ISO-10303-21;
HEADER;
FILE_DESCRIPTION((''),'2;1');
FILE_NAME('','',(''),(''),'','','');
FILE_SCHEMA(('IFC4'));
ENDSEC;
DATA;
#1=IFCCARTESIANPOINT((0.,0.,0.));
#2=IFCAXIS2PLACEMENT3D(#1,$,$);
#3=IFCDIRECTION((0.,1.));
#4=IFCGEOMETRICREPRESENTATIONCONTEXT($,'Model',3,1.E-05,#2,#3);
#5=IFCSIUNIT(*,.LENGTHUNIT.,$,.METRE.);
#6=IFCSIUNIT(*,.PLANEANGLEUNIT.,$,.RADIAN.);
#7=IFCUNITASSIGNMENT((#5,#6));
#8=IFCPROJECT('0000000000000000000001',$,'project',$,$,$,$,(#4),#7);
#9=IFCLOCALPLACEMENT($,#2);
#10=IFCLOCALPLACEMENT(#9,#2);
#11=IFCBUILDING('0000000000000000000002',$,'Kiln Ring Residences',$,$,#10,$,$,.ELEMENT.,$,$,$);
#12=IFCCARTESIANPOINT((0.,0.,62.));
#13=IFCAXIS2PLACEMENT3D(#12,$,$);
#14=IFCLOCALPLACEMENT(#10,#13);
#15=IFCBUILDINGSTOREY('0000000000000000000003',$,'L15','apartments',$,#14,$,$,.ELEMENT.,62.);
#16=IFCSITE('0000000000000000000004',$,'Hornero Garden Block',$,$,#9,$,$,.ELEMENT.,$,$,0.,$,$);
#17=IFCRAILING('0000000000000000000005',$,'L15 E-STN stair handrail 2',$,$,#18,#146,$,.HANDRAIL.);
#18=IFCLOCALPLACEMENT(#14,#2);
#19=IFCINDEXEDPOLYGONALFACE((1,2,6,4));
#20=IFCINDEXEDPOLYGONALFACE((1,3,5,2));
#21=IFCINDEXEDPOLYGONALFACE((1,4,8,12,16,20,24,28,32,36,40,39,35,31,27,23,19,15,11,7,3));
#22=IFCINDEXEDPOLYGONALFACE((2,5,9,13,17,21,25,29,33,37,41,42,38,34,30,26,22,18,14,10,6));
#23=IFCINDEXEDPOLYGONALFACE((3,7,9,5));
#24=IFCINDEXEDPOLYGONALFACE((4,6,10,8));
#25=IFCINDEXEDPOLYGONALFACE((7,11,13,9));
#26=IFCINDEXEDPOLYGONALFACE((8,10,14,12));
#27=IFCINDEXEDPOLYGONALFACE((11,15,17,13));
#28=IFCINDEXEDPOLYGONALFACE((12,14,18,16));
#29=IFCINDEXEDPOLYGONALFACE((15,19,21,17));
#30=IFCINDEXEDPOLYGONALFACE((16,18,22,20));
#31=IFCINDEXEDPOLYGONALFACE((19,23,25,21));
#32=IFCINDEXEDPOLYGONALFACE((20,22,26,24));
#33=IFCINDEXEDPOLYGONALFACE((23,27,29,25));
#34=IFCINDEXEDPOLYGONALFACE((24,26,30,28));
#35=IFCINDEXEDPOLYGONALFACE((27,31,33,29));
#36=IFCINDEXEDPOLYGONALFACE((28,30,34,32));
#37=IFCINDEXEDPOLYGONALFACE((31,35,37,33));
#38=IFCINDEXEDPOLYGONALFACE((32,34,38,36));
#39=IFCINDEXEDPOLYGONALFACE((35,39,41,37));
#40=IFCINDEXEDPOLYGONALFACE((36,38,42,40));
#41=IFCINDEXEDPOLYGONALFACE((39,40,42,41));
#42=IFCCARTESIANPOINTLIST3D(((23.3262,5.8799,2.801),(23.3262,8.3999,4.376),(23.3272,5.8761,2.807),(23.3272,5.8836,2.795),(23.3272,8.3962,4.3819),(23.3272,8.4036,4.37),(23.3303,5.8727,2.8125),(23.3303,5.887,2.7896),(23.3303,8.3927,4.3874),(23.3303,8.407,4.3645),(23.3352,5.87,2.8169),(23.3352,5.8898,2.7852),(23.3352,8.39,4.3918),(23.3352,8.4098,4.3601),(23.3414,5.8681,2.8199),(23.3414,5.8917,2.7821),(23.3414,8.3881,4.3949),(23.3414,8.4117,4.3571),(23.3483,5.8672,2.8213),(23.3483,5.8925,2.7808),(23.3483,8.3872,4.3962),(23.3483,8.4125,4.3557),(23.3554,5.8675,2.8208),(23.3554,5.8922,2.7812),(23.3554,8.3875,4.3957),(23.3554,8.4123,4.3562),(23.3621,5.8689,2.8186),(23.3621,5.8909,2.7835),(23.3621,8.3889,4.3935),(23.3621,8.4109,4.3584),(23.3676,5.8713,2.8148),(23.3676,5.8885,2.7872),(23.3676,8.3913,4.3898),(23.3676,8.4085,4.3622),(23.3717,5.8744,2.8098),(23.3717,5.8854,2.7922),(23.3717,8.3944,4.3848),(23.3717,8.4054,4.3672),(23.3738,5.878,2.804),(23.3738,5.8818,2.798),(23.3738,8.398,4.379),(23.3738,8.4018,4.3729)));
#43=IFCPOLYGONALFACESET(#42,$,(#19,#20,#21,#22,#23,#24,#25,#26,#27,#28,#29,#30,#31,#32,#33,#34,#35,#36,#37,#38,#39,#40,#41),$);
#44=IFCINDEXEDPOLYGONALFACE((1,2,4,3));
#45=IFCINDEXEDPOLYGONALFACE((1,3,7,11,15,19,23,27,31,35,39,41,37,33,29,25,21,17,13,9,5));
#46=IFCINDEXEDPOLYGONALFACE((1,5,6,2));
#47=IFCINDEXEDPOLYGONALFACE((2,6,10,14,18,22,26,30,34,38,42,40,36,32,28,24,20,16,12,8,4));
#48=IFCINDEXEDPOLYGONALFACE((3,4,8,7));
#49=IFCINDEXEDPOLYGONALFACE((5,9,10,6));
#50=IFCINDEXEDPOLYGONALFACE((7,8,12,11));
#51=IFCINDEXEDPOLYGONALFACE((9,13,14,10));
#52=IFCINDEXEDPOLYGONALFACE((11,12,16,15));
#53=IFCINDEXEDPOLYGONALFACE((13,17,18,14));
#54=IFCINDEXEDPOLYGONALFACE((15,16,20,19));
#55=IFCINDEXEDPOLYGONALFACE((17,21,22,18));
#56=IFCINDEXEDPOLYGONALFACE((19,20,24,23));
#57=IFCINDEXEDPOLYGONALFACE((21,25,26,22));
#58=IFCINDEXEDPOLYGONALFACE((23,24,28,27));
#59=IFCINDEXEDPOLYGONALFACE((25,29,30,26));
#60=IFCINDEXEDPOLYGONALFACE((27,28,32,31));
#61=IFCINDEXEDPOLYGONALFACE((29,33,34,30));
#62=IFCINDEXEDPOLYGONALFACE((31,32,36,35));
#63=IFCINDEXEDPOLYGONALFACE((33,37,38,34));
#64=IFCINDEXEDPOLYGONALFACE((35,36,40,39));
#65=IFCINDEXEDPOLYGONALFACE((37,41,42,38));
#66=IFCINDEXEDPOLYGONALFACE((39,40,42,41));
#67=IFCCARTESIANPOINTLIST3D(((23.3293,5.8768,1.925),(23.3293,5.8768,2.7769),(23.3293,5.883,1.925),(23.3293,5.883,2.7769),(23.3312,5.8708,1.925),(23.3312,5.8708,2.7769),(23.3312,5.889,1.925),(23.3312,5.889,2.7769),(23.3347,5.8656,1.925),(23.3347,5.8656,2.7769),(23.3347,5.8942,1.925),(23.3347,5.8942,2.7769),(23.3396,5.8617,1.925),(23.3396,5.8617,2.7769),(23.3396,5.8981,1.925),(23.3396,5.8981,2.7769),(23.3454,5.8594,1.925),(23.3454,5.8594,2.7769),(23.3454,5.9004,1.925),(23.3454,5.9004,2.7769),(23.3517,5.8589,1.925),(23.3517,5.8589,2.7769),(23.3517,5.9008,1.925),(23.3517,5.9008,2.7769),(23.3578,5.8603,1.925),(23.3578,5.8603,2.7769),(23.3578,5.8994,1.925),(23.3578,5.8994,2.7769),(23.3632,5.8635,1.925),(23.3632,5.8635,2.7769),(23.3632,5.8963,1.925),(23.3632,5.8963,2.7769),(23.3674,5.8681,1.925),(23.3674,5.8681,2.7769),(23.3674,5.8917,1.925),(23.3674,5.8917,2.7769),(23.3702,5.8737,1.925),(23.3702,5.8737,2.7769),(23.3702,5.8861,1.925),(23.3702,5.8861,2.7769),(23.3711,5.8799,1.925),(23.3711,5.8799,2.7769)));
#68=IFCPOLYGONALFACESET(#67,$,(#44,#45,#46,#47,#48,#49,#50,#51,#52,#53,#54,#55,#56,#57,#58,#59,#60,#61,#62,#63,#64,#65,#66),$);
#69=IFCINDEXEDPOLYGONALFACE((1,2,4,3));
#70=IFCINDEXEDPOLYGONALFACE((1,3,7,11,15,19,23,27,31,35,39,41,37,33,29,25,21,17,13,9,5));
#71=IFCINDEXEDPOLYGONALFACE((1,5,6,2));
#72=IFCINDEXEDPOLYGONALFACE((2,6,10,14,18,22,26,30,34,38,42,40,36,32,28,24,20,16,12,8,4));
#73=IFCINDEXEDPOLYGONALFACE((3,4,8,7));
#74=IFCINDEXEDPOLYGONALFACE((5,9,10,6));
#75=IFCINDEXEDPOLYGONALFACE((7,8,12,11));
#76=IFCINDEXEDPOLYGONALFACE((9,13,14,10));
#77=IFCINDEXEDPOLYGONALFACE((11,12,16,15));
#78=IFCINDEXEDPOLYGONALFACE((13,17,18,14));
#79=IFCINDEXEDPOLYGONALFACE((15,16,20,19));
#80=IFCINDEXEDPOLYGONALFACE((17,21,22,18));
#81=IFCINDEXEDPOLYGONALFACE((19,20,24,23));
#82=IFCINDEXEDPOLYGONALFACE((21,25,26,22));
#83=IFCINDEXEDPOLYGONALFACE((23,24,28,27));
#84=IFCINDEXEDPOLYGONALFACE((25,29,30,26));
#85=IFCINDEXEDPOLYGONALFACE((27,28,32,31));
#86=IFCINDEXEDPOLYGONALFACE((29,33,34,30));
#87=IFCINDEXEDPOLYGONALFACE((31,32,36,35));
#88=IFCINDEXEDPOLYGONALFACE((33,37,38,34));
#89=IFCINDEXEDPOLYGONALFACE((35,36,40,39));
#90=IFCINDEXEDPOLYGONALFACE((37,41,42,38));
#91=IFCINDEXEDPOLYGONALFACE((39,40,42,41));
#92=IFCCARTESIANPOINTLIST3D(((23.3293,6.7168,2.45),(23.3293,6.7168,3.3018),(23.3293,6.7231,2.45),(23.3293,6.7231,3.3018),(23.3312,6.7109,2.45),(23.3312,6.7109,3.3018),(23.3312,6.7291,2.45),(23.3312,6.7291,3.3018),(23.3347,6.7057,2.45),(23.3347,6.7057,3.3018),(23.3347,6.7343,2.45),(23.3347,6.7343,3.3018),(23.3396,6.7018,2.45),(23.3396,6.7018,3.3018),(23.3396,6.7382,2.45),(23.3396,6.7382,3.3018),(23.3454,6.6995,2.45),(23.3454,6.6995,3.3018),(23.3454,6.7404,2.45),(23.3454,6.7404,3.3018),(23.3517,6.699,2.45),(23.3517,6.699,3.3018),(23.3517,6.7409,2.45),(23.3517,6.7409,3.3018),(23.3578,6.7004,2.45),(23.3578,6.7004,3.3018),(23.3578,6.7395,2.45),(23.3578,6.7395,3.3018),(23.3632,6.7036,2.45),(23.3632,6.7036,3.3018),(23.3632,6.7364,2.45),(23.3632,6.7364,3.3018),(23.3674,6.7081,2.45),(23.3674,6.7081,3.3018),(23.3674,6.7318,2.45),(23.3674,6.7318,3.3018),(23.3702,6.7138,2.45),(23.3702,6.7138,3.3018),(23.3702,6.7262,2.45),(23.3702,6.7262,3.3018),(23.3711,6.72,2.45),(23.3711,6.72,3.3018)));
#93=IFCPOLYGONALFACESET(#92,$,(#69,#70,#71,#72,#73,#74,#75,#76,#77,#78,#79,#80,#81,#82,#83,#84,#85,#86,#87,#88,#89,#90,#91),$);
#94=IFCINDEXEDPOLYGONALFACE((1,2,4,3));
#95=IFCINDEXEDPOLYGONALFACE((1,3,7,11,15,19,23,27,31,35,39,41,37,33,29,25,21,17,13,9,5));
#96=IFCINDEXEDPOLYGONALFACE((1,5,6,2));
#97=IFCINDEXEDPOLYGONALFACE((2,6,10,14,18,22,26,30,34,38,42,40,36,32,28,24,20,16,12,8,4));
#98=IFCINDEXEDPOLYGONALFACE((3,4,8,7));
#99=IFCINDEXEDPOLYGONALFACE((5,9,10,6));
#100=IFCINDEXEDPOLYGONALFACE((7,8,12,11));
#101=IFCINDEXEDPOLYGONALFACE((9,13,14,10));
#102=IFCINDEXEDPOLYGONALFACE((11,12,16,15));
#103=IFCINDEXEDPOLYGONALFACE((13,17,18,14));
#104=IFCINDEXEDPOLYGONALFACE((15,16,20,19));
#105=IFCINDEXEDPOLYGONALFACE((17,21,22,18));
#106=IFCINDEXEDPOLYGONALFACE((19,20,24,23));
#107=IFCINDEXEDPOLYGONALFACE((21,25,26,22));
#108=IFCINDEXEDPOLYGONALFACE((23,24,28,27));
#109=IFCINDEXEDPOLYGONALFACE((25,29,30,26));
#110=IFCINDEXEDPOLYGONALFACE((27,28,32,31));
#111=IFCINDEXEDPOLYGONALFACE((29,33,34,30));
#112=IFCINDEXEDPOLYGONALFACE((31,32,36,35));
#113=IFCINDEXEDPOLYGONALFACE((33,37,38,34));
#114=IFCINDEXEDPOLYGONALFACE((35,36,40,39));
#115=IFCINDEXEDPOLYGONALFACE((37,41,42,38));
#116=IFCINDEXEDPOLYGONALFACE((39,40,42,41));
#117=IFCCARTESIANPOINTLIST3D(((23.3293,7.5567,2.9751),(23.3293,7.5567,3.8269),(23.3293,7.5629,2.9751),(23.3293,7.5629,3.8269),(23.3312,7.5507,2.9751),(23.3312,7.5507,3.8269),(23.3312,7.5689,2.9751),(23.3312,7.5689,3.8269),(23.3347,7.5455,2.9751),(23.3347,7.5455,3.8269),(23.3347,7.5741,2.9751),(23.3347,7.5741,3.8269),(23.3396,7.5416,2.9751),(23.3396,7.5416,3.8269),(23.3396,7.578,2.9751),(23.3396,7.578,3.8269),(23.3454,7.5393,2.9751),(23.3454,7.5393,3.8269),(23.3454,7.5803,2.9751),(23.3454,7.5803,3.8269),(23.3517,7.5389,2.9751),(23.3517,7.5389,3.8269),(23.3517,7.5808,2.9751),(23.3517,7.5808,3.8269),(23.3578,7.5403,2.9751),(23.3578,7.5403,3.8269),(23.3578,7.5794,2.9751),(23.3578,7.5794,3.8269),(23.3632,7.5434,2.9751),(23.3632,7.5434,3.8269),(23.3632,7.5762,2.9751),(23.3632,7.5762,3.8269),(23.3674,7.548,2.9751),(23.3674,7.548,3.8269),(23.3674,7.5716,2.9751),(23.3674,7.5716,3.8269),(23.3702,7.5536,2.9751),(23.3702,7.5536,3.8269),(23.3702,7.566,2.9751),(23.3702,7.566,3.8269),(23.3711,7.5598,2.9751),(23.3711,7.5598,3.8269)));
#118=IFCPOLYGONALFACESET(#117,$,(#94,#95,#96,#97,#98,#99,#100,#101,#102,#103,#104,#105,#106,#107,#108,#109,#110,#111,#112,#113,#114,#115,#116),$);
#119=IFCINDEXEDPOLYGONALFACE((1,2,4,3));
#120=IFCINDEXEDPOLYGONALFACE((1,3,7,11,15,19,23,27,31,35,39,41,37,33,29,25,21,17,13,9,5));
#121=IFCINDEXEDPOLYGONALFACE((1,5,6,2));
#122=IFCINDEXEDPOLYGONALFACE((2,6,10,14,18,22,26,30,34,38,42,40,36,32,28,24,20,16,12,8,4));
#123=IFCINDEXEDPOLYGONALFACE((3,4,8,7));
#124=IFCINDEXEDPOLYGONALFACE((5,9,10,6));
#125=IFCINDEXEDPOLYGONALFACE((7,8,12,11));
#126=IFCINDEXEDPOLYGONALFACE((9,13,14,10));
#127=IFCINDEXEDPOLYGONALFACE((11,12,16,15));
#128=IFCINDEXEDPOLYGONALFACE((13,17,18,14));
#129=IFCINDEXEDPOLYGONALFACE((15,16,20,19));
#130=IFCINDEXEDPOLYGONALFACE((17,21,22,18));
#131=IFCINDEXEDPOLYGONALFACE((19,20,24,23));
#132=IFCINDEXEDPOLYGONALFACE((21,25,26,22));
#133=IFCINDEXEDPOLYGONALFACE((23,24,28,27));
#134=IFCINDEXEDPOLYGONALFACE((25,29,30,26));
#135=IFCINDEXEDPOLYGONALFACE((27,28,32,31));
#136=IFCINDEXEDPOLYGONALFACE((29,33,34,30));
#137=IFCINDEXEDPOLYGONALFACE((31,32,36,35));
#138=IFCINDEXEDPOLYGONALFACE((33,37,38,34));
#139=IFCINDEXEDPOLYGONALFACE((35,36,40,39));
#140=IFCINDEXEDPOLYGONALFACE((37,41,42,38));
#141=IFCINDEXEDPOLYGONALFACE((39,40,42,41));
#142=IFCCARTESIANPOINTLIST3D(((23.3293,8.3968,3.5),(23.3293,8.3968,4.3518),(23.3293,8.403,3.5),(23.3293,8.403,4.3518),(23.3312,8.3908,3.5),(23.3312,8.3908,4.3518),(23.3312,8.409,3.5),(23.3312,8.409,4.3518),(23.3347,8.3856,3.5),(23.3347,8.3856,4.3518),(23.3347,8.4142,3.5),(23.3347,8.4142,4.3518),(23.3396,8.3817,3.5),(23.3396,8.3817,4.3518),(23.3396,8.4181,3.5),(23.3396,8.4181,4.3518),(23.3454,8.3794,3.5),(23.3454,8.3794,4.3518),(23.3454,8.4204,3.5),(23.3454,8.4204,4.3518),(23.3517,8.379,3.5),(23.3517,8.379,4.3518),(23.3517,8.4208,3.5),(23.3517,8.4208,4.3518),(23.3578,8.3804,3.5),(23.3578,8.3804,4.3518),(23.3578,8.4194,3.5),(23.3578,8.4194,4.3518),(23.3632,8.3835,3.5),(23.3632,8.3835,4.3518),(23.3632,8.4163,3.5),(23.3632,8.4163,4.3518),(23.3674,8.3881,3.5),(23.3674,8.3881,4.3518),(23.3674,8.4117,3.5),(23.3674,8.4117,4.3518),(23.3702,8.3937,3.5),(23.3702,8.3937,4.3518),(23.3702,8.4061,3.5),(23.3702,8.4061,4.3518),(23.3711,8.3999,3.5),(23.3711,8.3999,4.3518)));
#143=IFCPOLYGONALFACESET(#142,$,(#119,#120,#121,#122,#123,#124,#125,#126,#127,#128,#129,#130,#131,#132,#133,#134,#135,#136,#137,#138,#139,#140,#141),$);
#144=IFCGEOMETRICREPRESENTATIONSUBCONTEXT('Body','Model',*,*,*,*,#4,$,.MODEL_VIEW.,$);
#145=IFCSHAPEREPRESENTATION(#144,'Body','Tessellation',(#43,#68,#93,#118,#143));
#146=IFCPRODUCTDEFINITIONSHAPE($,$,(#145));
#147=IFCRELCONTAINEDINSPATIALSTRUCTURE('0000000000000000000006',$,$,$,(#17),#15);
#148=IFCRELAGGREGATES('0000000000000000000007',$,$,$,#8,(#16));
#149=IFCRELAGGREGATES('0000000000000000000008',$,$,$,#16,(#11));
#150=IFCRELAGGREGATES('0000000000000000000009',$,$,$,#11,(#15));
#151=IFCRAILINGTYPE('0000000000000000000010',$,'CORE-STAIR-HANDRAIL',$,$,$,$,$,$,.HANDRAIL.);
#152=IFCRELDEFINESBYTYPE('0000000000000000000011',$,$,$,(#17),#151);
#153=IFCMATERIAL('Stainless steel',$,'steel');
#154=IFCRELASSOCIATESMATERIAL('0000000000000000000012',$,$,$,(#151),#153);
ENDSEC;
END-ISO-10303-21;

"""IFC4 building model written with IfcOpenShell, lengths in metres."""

from ifc_helpers import new_model, si_unit, direction, frame, origin, origin_2d, place, context, subcontext, project, spatial, circle, extrude, material, type_object, element, save


model = new_model("IFC4")

# Units and contexts
model_context = context("Model", 3, precision=1e-05, world=origin(), true_north=direction((0.0, 1.0)))
body_context = subcontext(model_context, "Body", "Model", "MODEL_VIEW")
ifc_project = project(units=[si_unit("LENGTHUNIT", "METRE"), si_unit("PLANEANGLEUNIT", "RADIAN")], contexts=[model_context])

# Site, building, storey
site_placement = place(None, origin())
site = spatial("IfcSite", under=ifc_project, at=site_placement, Name="Hornero Garden Block", CompositionType="ELEMENT", RefElevation=0.0)
building_placement = place(site_placement, origin())
building = spatial("IfcBuilding", under=site, at=building_placement, Name="Kiln Ring Residences", CompositionType="ELEMENT")
storey_placement = place(building_placement, frame((0.0, 0.0, 62.0)))
storey = spatial("IfcBuildingStorey", under=building, at=storey_placement, Name="L15", Description="apartments", CompositionType="ELEMENT", Elevation=62.0)

# Railing
ifc_material_1 = material(Name="Stainless steel", Category="steel")
railing_type_1 = type_object("IfcRailingType", Name="CORE-STAIR-HANDRAIL", PredefinedType="HANDRAIL", material=ifc_material_1)
railing_1_placement = place(storey_placement, frame((23.3501, 5.8799, 1.925)))
element("IfcRailing", 1, at=railing_1_placement, inside=storey, type_object=railing_type_1, Name="L15 E-STN stair handrail 2", PredefinedType="HANDRAIL", context=body_context, shape_type="SweptSolid", body=[
    extrude(circle(Radius=0.0239, at=origin_2d()), frame((0.0, 0.0, 0.876), z_axis=(0.0, 0.848008, 0.529984), x_axis=(-1.0, 0.0, 0.0)), (0.0, 0.0, 1.0), 2.9717),
    extrude(circle(Radius=0.021, at=origin_2d()), origin(), (0.0, 0.0, 1.0), 0.8518),
    extrude(circle(Radius=0.021, at=origin_2d()), frame((0.0, 0.8401, 0.5249)), (0.0, 0.0, 1.0), 0.8518),
    extrude(circle(Radius=0.021, at=origin_2d()), frame((0.0, 1.6799, 1.05)), (0.0, 0.0, 1.0), 0.8518),
    extrude(circle(Radius=0.021, at=origin_2d()), frame((0.0, 2.52, 1.575)), (0.0, 0.0, 1.0), 0.8518),
])

save(model, "model.ifc")
